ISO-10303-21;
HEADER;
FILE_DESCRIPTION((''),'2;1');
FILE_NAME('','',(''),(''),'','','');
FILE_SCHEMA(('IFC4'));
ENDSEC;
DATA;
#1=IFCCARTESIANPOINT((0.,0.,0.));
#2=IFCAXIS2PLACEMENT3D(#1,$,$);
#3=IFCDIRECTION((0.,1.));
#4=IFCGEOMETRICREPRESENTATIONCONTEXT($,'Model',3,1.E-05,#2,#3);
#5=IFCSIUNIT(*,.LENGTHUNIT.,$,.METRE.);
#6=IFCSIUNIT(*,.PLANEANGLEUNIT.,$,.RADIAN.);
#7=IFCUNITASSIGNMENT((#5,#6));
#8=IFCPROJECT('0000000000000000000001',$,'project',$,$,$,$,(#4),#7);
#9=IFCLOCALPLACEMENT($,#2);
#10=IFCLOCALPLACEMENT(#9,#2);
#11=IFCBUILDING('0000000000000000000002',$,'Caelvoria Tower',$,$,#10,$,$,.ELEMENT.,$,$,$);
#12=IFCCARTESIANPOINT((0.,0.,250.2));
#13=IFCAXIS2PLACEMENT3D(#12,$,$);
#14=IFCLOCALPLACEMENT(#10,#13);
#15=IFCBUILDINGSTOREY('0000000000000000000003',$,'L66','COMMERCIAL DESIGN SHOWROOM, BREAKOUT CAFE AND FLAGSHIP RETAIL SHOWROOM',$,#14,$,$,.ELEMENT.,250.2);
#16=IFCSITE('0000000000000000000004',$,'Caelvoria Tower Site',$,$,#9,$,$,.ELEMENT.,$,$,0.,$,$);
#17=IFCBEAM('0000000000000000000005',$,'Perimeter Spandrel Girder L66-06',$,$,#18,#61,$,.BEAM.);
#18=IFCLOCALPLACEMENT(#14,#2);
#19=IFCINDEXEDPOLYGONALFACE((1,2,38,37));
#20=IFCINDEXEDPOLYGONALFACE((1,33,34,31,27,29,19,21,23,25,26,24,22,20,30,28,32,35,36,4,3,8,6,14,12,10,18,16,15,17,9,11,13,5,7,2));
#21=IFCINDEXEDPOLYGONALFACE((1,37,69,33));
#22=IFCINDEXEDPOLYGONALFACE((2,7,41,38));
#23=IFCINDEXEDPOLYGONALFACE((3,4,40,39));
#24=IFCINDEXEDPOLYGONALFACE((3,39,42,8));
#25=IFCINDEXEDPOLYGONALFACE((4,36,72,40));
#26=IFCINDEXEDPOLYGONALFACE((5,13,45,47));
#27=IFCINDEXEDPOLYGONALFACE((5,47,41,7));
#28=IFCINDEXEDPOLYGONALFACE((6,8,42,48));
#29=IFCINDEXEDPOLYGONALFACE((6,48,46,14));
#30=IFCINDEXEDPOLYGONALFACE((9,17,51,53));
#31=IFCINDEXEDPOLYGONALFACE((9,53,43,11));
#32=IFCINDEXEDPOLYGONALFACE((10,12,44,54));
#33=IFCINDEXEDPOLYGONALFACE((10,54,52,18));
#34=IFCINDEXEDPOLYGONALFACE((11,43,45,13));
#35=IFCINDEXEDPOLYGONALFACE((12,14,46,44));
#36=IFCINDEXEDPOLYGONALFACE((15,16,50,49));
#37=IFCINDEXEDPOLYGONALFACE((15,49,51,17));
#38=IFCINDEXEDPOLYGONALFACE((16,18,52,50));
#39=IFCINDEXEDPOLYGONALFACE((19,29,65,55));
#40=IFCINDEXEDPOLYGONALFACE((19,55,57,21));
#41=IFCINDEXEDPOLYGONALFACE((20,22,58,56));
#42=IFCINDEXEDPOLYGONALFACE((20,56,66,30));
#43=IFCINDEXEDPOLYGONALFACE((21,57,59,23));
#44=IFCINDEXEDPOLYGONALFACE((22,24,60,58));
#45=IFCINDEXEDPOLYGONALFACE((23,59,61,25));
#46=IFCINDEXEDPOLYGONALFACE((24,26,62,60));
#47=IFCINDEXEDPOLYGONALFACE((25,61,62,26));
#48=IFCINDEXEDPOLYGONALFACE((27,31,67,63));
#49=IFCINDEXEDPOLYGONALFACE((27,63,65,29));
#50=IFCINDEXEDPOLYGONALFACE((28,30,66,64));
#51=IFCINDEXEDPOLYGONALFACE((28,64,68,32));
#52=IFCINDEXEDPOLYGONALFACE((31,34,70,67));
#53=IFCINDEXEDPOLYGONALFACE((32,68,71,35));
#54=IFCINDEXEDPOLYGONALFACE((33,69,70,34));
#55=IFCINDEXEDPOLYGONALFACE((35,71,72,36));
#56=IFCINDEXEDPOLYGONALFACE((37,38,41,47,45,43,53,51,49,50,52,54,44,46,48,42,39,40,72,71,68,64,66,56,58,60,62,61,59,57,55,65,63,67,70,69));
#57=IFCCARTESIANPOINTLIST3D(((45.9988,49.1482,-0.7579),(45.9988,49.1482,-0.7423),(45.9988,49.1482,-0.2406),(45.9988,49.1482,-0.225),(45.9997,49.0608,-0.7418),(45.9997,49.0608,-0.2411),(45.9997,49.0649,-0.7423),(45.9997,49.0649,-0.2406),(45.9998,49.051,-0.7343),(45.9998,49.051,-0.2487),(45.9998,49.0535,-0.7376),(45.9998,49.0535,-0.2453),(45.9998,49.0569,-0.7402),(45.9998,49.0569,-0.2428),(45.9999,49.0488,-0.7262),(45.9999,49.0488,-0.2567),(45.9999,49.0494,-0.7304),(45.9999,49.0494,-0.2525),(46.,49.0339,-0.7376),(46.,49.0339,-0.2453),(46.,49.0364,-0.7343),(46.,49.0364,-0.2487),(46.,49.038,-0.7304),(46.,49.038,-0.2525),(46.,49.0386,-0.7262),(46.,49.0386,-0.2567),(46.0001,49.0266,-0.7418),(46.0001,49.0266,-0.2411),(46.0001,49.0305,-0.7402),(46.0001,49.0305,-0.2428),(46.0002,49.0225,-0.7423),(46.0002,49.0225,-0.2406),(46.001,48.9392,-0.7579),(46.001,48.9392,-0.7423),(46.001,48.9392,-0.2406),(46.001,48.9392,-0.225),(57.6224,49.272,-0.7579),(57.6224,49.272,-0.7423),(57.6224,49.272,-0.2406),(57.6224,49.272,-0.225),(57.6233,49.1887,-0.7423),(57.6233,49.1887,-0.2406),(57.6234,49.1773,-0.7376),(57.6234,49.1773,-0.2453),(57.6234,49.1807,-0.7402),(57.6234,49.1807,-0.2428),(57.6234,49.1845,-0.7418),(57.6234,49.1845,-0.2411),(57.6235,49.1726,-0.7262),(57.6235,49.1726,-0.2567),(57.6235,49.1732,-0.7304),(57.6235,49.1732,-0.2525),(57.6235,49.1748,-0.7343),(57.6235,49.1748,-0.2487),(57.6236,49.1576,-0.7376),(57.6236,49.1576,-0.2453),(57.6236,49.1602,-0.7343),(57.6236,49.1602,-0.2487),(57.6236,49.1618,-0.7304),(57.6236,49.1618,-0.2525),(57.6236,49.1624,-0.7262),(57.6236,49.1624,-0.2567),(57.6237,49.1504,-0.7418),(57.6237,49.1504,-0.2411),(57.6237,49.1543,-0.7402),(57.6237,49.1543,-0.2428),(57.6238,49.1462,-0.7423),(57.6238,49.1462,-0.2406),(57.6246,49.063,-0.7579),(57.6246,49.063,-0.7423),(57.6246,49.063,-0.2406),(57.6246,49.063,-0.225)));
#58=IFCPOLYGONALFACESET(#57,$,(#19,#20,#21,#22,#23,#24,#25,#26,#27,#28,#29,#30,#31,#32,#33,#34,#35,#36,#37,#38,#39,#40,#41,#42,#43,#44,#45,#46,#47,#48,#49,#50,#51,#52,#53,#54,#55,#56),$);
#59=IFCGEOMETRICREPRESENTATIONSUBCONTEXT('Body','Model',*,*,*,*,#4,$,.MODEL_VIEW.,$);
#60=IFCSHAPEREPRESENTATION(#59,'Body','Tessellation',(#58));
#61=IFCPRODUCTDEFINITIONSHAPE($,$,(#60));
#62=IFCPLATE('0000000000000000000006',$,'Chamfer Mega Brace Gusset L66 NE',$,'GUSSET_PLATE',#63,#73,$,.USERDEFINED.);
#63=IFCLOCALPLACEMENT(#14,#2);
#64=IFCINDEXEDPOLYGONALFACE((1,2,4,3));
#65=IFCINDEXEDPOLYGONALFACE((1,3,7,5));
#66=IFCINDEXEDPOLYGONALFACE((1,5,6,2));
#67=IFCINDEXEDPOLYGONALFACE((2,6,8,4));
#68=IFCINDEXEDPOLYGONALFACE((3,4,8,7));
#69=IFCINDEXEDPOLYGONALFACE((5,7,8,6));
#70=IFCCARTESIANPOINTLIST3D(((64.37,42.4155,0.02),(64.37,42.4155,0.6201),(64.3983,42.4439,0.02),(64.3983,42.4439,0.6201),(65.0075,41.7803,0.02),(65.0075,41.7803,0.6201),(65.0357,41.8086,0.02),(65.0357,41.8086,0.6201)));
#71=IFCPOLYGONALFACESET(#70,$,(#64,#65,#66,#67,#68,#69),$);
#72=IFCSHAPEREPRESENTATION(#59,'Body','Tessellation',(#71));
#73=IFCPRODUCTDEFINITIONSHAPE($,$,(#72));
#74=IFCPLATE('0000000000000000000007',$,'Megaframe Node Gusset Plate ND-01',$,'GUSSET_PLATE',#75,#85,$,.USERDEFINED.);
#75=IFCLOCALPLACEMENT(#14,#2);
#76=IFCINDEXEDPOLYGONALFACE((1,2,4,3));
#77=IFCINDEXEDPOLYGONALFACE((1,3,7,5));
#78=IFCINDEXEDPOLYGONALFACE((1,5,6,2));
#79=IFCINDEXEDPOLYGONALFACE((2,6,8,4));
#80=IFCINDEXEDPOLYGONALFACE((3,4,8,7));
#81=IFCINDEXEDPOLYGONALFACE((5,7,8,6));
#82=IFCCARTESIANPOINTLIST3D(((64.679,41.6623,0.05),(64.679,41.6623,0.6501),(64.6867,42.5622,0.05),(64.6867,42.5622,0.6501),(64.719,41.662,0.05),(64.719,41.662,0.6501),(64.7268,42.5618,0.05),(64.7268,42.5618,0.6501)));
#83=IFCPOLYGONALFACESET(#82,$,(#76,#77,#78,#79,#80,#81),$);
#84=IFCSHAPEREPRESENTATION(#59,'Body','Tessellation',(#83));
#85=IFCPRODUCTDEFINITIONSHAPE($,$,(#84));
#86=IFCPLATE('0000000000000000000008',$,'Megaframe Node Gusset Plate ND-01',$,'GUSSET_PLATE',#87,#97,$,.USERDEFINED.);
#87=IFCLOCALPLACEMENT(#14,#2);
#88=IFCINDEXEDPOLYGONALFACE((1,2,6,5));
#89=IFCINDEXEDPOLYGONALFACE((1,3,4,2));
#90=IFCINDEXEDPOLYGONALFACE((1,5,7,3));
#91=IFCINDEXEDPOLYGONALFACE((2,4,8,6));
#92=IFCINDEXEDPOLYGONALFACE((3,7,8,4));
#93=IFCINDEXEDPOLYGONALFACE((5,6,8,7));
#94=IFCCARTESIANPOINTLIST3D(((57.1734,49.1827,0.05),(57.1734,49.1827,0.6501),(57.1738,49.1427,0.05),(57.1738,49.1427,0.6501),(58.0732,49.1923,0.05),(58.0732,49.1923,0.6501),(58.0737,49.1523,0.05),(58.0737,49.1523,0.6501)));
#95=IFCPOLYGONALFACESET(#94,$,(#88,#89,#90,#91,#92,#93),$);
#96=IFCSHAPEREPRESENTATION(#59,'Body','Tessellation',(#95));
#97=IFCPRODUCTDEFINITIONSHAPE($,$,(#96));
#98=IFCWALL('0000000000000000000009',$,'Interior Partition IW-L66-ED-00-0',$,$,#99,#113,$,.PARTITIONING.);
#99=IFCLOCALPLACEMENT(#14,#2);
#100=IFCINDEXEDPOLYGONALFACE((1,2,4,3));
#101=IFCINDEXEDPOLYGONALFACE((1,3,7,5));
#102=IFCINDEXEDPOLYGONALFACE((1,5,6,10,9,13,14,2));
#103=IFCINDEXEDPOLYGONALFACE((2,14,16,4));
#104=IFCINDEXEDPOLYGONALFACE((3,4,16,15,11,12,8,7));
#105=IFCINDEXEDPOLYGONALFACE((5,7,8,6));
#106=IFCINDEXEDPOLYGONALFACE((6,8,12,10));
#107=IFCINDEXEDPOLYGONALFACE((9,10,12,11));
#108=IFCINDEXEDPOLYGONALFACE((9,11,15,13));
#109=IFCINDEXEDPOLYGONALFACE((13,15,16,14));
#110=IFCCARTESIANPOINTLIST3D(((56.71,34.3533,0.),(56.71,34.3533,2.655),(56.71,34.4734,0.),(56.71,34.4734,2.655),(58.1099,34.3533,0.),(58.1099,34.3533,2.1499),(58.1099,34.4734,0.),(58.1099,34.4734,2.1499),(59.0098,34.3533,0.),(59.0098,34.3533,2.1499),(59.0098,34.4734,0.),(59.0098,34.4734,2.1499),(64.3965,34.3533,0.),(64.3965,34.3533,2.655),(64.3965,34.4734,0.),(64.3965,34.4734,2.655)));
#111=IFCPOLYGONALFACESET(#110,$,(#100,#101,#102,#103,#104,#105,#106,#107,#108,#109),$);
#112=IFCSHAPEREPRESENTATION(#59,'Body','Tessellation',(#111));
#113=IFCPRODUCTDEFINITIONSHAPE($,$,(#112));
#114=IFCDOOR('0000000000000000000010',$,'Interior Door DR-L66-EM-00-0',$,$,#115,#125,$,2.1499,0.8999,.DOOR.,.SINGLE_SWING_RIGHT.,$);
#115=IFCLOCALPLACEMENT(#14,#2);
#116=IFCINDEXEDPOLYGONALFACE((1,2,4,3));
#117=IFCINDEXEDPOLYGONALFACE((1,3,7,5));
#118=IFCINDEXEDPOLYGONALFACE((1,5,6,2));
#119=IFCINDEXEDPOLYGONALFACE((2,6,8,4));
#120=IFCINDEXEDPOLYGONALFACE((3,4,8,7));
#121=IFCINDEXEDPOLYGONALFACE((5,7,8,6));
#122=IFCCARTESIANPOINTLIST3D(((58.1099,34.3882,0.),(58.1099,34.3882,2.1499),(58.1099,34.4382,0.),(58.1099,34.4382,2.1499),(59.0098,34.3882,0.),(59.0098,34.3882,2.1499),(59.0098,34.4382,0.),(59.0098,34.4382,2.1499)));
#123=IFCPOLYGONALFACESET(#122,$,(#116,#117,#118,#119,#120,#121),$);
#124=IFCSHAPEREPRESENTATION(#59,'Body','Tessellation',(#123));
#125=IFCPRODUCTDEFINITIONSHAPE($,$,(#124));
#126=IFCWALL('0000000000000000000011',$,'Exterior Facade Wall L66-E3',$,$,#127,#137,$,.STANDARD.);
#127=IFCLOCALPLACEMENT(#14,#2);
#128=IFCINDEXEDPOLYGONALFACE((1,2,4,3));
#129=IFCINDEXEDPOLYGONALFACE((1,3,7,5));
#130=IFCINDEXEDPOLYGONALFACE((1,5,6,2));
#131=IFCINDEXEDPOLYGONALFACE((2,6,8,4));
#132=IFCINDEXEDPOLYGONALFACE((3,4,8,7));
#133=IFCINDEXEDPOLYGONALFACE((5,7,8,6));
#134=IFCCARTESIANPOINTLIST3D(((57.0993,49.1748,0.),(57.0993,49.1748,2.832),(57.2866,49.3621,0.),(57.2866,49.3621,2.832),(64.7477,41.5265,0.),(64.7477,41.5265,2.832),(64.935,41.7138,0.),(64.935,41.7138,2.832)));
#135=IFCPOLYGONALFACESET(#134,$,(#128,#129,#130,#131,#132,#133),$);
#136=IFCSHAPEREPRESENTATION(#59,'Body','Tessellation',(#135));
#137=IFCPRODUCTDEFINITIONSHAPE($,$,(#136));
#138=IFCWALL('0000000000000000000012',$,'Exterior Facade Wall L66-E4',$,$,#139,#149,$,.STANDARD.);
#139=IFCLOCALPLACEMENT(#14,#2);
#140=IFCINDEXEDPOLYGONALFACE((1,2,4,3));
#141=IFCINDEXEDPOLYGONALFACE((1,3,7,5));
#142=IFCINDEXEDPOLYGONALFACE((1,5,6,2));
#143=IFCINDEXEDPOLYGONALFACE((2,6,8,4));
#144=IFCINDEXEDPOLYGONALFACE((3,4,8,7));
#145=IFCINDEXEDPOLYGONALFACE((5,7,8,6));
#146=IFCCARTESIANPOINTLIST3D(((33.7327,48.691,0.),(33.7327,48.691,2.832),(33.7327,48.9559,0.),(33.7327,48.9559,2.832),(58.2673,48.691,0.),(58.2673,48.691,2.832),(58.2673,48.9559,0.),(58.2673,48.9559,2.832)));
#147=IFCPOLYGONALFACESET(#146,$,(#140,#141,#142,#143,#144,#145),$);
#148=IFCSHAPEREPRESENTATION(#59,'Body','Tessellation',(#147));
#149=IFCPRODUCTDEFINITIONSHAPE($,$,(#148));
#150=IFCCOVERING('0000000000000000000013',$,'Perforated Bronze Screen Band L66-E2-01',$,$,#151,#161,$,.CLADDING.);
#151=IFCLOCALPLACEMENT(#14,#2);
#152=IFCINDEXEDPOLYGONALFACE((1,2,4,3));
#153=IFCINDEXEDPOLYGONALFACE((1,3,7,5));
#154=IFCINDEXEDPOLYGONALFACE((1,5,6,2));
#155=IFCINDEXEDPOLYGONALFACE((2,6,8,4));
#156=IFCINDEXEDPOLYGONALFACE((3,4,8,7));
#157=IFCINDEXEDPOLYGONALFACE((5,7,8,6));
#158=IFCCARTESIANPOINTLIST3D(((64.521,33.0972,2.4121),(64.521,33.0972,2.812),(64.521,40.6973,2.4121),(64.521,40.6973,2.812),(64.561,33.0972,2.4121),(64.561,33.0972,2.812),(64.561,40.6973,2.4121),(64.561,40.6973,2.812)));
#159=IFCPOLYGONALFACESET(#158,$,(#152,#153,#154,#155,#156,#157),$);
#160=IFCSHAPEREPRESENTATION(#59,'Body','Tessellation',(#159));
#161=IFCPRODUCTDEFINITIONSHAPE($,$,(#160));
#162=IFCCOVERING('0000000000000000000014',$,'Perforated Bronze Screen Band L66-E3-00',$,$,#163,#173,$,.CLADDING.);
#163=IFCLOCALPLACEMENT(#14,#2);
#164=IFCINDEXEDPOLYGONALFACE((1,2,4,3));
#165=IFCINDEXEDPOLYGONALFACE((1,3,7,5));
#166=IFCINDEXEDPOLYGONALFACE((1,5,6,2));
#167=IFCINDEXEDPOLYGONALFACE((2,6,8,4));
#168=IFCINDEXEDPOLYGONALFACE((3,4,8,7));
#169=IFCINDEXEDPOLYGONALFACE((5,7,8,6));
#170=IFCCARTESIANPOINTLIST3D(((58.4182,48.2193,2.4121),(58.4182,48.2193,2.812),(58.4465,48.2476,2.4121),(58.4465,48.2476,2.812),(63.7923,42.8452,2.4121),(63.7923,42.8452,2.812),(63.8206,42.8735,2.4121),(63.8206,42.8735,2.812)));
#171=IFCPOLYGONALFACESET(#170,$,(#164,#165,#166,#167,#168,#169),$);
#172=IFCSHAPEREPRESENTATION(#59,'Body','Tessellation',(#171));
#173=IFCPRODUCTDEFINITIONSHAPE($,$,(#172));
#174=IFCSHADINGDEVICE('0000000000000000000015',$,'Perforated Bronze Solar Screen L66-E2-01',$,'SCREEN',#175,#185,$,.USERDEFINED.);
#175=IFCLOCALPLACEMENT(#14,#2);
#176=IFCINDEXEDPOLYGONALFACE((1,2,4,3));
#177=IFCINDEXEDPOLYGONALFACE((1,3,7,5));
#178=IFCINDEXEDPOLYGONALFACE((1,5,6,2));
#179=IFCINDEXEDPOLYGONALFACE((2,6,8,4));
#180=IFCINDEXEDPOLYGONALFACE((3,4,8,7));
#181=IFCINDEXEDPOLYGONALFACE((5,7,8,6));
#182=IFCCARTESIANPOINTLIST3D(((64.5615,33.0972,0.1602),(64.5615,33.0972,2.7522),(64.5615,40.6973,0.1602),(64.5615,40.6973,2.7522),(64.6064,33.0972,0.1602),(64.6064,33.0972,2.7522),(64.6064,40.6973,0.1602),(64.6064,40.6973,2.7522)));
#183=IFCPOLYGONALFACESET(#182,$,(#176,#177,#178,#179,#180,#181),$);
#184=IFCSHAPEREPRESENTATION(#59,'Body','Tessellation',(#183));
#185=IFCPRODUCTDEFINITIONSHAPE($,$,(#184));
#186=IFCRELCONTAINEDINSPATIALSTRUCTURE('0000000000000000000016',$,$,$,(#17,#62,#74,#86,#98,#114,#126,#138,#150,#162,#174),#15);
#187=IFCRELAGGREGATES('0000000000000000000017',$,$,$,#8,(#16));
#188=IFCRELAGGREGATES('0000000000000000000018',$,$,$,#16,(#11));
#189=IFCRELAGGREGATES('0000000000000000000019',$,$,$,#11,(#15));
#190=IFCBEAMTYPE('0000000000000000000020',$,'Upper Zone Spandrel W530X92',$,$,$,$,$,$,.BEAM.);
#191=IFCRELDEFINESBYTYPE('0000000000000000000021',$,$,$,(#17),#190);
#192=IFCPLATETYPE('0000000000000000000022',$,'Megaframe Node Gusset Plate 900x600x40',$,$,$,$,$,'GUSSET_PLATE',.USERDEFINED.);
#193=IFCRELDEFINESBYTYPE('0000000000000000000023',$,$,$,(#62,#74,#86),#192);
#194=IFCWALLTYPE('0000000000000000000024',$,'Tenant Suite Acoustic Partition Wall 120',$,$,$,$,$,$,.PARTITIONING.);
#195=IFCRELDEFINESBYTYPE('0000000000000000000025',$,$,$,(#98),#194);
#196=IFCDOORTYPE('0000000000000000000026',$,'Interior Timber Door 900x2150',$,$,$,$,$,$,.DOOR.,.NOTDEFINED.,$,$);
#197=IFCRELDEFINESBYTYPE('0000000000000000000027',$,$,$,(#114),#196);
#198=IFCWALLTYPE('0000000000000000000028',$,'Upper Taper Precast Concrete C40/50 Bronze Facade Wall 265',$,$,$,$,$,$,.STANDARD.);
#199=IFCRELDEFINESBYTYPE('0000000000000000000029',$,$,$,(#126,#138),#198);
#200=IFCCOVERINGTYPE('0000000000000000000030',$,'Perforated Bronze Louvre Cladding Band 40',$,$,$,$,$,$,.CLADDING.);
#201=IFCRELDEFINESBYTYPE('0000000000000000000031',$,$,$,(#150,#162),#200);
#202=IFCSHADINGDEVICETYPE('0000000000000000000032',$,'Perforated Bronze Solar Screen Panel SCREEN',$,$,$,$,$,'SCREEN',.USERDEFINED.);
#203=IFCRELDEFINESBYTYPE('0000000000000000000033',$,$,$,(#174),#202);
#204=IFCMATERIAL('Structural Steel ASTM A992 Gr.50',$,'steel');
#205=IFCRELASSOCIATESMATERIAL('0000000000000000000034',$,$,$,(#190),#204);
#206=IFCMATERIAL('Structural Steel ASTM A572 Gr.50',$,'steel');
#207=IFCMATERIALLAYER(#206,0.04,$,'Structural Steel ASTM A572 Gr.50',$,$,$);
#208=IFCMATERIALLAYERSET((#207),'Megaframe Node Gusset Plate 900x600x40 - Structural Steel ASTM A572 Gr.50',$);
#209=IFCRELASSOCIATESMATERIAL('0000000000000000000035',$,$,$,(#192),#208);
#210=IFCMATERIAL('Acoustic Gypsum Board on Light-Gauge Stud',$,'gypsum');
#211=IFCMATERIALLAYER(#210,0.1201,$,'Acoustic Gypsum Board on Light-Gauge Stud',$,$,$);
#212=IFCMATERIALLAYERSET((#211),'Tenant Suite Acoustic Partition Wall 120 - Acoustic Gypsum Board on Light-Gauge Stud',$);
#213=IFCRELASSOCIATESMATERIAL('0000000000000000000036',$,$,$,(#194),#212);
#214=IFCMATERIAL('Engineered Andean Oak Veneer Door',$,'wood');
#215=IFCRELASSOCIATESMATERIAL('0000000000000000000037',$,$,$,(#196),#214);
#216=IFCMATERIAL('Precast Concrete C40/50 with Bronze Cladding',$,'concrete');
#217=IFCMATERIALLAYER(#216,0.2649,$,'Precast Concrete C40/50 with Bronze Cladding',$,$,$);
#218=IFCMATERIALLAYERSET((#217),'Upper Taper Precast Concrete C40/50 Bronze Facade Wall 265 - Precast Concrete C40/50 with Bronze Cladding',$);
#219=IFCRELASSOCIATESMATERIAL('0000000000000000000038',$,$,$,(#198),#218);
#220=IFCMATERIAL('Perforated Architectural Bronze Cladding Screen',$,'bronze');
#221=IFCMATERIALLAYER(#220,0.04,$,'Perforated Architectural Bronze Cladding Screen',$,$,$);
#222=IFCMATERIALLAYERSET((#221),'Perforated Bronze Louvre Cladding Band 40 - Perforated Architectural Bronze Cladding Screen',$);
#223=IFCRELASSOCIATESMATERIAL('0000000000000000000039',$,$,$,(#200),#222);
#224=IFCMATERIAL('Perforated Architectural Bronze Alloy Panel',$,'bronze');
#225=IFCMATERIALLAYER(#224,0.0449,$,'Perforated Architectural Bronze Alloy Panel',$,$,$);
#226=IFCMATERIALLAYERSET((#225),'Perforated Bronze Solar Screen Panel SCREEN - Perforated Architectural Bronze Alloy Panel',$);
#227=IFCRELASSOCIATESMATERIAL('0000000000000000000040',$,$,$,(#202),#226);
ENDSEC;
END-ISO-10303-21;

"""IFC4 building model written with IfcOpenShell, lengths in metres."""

from ifc_helpers import new_model, si_unit, direction, frame, frame_2d, origin, origin_2d, place, context, subcontext, project, spatial, rectangle, i_section, extrude, material, layer, layer_set, material_profile, profile_set, type_object, element, fill, save


model = new_model("IFC4")

# Units and contexts
model_context = context("Model", 3, precision=1e-05, world=origin(), true_north=direction((0.0, 1.0)))
body_context = subcontext(model_context, "Body", "Model", "MODEL_VIEW")
ifc_project = project(units=[si_unit("LENGTHUNIT", "METRE"), si_unit("PLANEANGLEUNIT", "RADIAN")], contexts=[model_context])

# Site, building, storey
site_placement = place(None, origin())
site = spatial("IfcSite", under=ifc_project, at=site_placement, Name="Caelvoria Tower Site", CompositionType="ELEMENT", RefElevation=0.0)
building_placement = place(site_placement, origin())
building = spatial("IfcBuilding", under=site, at=building_placement, Name="Caelvoria Tower", CompositionType="ELEMENT")
storey_placement = place(building_placement, frame((0.0, 0.0, 250.2)))
storey = spatial("IfcBuildingStorey", under=building, at=storey_placement, Name="L66", Description="COMMERCIAL DESIGN SHOWROOM, BREAKOUT CAFE AND FLAGSHIP RETAIL SHOWROOM", CompositionType="ELEMENT", Elevation=250.2)

# Shared definitions
ifc_material_1 = material(Name="Structural Steel ASTM A572 Gr.50", Category="steel")

# Shared definitions
ifc_material_2 = material(Name="Structural Steel ASTM A992 Gr.50", Category="steel")

# Beam
ifc_material_profile_1 = material_profile(ifc_material_2, i_section(OverallWidth=0.209, OverallDepth=0.533, WebThickness=0.0103, FlangeThickness=0.0156, FilletRadius=0.0161, at=origin_2d()), Name="Structural Steel ASTM A992 Gr.50")
ifc_profile_set_1 = profile_set([ifc_material_profile_1], Name="W530X92 - Structural Steel ASTM A992 Gr.50")
beam_type_1 = type_object("IfcBeamType", Name="Upper Zone Spandrel W530X92", PredefinedType="BEAM", material=ifc_profile_set_1)
beam_1_placement = place(storey_placement, frame((57.6235, 49.1675, -0.4915), z_axis=(-0.999943, -0.010648, 0.0), x_axis=(0.010648, -0.999943, 0.0)))
element("IfcBeam", 1, at=beam_1_placement, inside=storey, type_object=beam_type_1, Name="Perimeter Spandrel Girder L66-06", PredefinedType="BEAM", context=body_context, shape_type="SweptSolid", body=[
    extrude(i_section(OverallWidth=0.209, OverallDepth=0.533, WebThickness=0.0103, FlangeThickness=0.0156, FilletRadius=0.0161, at=origin_2d()), origin(), (0.0, 0.0, 1.0), 11.6243),
])

# Plates
ifc_layer_1 = layer(ifc_material_1, 0.04, Name="Structural Steel ASTM A572 Gr.50")
ifc_layer_set_1 = layer_set([ifc_layer_1], Name="Megaframe Node Gusset Plate 900x600x40 - Structural Steel ASTM A572 Gr.50")
plate_type = type_object("IfcPlateType", Name="Megaframe Node Gusset Plate 900x600x40", ElementType="GUSSET_PLATE", PredefinedType="USERDEFINED", material=ifc_layer_set_1)
for number, where, z_axis, x_axis, name in (
    (2, (64.7029, 42.1121, 0.02), (0.0, 0.0, 1.0), (-0.708312, 0.7059, 0.0), "Chamfer Mega Brace Gusset L66 NE"),
    (3, (64.7029, 42.1121, 0.05), (0.0, 0.0, 1.0), (-0.008564, -0.999963, 0.0), "Megaframe Node Gusset Plate ND-01"),
    (4, (57.6235, 49.1675, 0.05), (0.0, 0.0, 1.0), (-0.999943, -0.01065, 0.0), "Megaframe Node Gusset Plate ND-01"),
):
    element("IfcPlate", number, at=place(storey_placement, frame(where, z_axis=z_axis, x_axis=x_axis)), inside=storey, type_object=plate_type, Name=name, ObjectType="GUSSET_PLATE", PredefinedType="USERDEFINED", context=body_context, shape_type="SweptSolid", body=[
        extrude(rectangle(XDim=0.8999, YDim=0.04, at=origin_2d()), origin(), (0.0, 0.0, 1.0), 0.6001),
    ])

# Wall, opening, door
ifc_material_3 = material(Name="Acoustic Gypsum Board on Light-Gauge Stud", Category="gypsum")
ifc_layer_2 = layer(ifc_material_3, 0.1201, Name="Acoustic Gypsum Board on Light-Gauge Stud")
ifc_layer_set_2 = layer_set([ifc_layer_2], Name="Tenant Suite Acoustic Partition Wall 120 - Acoustic Gypsum Board on Light-Gauge Stud")
wall_type_1 = type_object("IfcWallType", Name="Tenant Suite Acoustic Partition Wall 120", PredefinedType="PARTITIONING", material=ifc_layer_set_2)
wall_1_placement = place(storey_placement, frame((56.71, 34.4133, 0.0), z_axis=(0.0, 0.0, 1.0), x_axis=(1.0, 0.0, 0.0)))
wall_1 = element("IfcWall", 5, at=wall_1_placement, inside=storey, type_object=wall_type_1, Name="Interior Partition IW-L66-ED-00-0", PredefinedType="PARTITIONING", context=body_context, shape_type="SweptSolid", body=[
    extrude(rectangle(XDim=7.6865, YDim=0.1201, at=frame_2d((3.8433, 0.0))), origin(), (0.0, 0.0, 1.0), 2.655),
])
opening_placement = place(wall_1_placement, frame((1.3999, 0.0, 0.0)))
opening = element("IfcOpeningElement", 6, at=opening_placement, cuts=wall_1, PredefinedType="OPENING", context=body_context, shape_type="SweptSolid", body=[
    extrude(rectangle(XDim=0.8999, YDim=2.1499, at=frame_2d((0.45, 1.075))), frame((0.0, 0.0701, 0.0), z_axis=(0.0, -1.0, 0.0), x_axis=(1.0, 0.0, 0.0)), (0.0, 0.0, 1.0), 0.1401),
])
ifc_material_4 = material(Name="Engineered Andean Oak Veneer Door", Category="wood")
door_type = type_object("IfcDoorType", Name="Interior Timber Door 900x2150", OperationType="NOTDEFINED", PredefinedType="DOOR", material=ifc_material_4)
door_placement = place(opening_placement, origin())
door = element("IfcDoor", 7, at=door_placement, inside=storey, type_object=door_type, Name="Interior Door DR-L66-EM-00-0", OperationType="SINGLE_SWING_RIGHT", OverallHeight=2.1499, OverallWidth=0.8999, PredefinedType="DOOR", context=body_context, shape_type="SweptSolid", body=[
    extrude(rectangle(XDim=0.8999, YDim=2.1499, at=frame_2d((0.45, 1.075))), frame((0.0, 0.0249, 0.0), z_axis=(0.0, -1.0, 0.0), x_axis=(1.0, 0.0, 0.0)), (0.0, 0.0, 1.0), 0.05),
])
fill(opening, door)

# Walls
ifc_material_5 = material(Name="Precast Concrete C40/50 with Bronze Cladding", Category="concrete")
ifc_layer_3 = layer(ifc_material_5, 0.2649, Name="Precast Concrete C40/50 with Bronze Cladding")
ifc_layer_set_3 = layer_set([ifc_layer_3], Name="Upper Taper Precast Concrete C40/50 Bronze Facade Wall 265 - Precast Concrete C40/50 with Bronze Cladding")
wall_type_2 = type_object("IfcWallType", Name="Upper Taper Precast Concrete C40/50 Bronze Facade Wall 265", PredefinedType="STANDARD", material=ifc_layer_set_3)
wall_2_placement = place(storey_placement, frame((64.8413, 41.6201, 0.0), z_axis=(0.0, 0.0, 1.0), x_axis=(-0.707107, 0.707107, 0.0)))
element("IfcWall", 8, at=wall_2_placement, inside=storey, type_object=wall_type_2, Name="Exterior Facade Wall L66-E3", PredefinedType="STANDARD", context=body_context, shape_type="SweptSolid", body=[
    extrude(rectangle(XDim=10.8164, YDim=0.2649, at=frame_2d((5.4082, 0.0))), origin(), (0.0, 0.0, 1.0), 2.832),
])
wall_3_placement = place(storey_placement, frame((58.2673, 48.8235, 0.0), z_axis=(0.0, 0.0, 1.0), x_axis=(-1.0, 0.0, 0.0)))
element("IfcWall", 9, at=wall_3_placement, inside=storey, type_object=wall_type_2, Name="Exterior Facade Wall L66-E4", PredefinedType="STANDARD", context=body_context, shape_type="SweptSolid", body=[
    extrude(rectangle(XDim=24.5347, YDim=0.2649, at=frame_2d((12.2673, 0.0))), origin(), (0.0, 0.0, 1.0), 2.832),
])

# Coverings
ifc_material_6 = material(Name="Perforated Architectural Bronze Cladding Screen", Category="bronze")
ifc_layer_4 = layer(ifc_material_6, 0.04, Name="Perforated Architectural Bronze Cladding Screen")
ifc_layer_set_4 = layer_set([ifc_layer_4], Name="Perforated Bronze Louvre Cladding Band 40 - Perforated Architectural Bronze Cladding Screen")
covering_type = type_object("IfcCoveringType", Name="Perforated Bronze Louvre Cladding Band 40", PredefinedType="CLADDING", material=ifc_layer_set_4)
for number, where, z_axis, x_axis, name in (
    (10, (64.541, 36.8972, 2.4121), (0.0, 0.0, 1.0), (0.0, 1.0, 0.0), "Perforated Bronze Screen Band L66-E2-01"),
    (11, (61.1194, 45.5464, 2.4121), (0.0, 0.0, 1.0), (-0.707107, 0.707107, 0.0), "Perforated Bronze Screen Band L66-E3-00"),
):
    element("IfcCovering", number, at=place(storey_placement, frame(where, z_axis=z_axis, x_axis=x_axis)), inside=storey, type_object=covering_type, Name=name, PredefinedType="CLADDING", context=body_context, shape_type="SweptSolid", body=[
        extrude(rectangle(XDim=7.6001, YDim=0.04, at=origin_2d()), origin(), (0.0, 0.0, 1.0), 0.3999),
    ])

# Shading device
ifc_material_7 = material(Name="Perforated Architectural Bronze Alloy Panel", Category="bronze")
ifc_layer_5 = layer(ifc_material_7, 0.0449, Name="Perforated Architectural Bronze Alloy Panel")
ifc_layer_set_5 = layer_set([ifc_layer_5], Name="Perforated Bronze Solar Screen Panel SCREEN - Perforated Architectural Bronze Alloy Panel")
shading_device_type = type_object("IfcShadingDeviceType", Name="Perforated Bronze Solar Screen Panel SCREEN", ElementType="SCREEN", PredefinedType="USERDEFINED", material=ifc_layer_set_5)
for number, where, z_axis, x_axis, name in (
    (12, (64.584, 36.8972, 0.1602), (0.0, 0.0, 1.0), (0.0, 1.0, 0.0), "Perforated Bronze Solar Screen L66-E2-01"),
):
    element("IfcShadingDevice", number, at=place(storey_placement, frame(where, z_axis=z_axis, x_axis=x_axis)), inside=storey, type_object=shading_device_type, Name=name, ObjectType="SCREEN", PredefinedType="USERDEFINED", context=body_context, shape_type="SweptSolid", body=[
        extrude(rectangle(XDim=7.6001, YDim=0.0449, at=origin_2d()), origin(), (0.0, 0.0, 1.0), 2.592),
    ])

save(model, "model.ifc")
